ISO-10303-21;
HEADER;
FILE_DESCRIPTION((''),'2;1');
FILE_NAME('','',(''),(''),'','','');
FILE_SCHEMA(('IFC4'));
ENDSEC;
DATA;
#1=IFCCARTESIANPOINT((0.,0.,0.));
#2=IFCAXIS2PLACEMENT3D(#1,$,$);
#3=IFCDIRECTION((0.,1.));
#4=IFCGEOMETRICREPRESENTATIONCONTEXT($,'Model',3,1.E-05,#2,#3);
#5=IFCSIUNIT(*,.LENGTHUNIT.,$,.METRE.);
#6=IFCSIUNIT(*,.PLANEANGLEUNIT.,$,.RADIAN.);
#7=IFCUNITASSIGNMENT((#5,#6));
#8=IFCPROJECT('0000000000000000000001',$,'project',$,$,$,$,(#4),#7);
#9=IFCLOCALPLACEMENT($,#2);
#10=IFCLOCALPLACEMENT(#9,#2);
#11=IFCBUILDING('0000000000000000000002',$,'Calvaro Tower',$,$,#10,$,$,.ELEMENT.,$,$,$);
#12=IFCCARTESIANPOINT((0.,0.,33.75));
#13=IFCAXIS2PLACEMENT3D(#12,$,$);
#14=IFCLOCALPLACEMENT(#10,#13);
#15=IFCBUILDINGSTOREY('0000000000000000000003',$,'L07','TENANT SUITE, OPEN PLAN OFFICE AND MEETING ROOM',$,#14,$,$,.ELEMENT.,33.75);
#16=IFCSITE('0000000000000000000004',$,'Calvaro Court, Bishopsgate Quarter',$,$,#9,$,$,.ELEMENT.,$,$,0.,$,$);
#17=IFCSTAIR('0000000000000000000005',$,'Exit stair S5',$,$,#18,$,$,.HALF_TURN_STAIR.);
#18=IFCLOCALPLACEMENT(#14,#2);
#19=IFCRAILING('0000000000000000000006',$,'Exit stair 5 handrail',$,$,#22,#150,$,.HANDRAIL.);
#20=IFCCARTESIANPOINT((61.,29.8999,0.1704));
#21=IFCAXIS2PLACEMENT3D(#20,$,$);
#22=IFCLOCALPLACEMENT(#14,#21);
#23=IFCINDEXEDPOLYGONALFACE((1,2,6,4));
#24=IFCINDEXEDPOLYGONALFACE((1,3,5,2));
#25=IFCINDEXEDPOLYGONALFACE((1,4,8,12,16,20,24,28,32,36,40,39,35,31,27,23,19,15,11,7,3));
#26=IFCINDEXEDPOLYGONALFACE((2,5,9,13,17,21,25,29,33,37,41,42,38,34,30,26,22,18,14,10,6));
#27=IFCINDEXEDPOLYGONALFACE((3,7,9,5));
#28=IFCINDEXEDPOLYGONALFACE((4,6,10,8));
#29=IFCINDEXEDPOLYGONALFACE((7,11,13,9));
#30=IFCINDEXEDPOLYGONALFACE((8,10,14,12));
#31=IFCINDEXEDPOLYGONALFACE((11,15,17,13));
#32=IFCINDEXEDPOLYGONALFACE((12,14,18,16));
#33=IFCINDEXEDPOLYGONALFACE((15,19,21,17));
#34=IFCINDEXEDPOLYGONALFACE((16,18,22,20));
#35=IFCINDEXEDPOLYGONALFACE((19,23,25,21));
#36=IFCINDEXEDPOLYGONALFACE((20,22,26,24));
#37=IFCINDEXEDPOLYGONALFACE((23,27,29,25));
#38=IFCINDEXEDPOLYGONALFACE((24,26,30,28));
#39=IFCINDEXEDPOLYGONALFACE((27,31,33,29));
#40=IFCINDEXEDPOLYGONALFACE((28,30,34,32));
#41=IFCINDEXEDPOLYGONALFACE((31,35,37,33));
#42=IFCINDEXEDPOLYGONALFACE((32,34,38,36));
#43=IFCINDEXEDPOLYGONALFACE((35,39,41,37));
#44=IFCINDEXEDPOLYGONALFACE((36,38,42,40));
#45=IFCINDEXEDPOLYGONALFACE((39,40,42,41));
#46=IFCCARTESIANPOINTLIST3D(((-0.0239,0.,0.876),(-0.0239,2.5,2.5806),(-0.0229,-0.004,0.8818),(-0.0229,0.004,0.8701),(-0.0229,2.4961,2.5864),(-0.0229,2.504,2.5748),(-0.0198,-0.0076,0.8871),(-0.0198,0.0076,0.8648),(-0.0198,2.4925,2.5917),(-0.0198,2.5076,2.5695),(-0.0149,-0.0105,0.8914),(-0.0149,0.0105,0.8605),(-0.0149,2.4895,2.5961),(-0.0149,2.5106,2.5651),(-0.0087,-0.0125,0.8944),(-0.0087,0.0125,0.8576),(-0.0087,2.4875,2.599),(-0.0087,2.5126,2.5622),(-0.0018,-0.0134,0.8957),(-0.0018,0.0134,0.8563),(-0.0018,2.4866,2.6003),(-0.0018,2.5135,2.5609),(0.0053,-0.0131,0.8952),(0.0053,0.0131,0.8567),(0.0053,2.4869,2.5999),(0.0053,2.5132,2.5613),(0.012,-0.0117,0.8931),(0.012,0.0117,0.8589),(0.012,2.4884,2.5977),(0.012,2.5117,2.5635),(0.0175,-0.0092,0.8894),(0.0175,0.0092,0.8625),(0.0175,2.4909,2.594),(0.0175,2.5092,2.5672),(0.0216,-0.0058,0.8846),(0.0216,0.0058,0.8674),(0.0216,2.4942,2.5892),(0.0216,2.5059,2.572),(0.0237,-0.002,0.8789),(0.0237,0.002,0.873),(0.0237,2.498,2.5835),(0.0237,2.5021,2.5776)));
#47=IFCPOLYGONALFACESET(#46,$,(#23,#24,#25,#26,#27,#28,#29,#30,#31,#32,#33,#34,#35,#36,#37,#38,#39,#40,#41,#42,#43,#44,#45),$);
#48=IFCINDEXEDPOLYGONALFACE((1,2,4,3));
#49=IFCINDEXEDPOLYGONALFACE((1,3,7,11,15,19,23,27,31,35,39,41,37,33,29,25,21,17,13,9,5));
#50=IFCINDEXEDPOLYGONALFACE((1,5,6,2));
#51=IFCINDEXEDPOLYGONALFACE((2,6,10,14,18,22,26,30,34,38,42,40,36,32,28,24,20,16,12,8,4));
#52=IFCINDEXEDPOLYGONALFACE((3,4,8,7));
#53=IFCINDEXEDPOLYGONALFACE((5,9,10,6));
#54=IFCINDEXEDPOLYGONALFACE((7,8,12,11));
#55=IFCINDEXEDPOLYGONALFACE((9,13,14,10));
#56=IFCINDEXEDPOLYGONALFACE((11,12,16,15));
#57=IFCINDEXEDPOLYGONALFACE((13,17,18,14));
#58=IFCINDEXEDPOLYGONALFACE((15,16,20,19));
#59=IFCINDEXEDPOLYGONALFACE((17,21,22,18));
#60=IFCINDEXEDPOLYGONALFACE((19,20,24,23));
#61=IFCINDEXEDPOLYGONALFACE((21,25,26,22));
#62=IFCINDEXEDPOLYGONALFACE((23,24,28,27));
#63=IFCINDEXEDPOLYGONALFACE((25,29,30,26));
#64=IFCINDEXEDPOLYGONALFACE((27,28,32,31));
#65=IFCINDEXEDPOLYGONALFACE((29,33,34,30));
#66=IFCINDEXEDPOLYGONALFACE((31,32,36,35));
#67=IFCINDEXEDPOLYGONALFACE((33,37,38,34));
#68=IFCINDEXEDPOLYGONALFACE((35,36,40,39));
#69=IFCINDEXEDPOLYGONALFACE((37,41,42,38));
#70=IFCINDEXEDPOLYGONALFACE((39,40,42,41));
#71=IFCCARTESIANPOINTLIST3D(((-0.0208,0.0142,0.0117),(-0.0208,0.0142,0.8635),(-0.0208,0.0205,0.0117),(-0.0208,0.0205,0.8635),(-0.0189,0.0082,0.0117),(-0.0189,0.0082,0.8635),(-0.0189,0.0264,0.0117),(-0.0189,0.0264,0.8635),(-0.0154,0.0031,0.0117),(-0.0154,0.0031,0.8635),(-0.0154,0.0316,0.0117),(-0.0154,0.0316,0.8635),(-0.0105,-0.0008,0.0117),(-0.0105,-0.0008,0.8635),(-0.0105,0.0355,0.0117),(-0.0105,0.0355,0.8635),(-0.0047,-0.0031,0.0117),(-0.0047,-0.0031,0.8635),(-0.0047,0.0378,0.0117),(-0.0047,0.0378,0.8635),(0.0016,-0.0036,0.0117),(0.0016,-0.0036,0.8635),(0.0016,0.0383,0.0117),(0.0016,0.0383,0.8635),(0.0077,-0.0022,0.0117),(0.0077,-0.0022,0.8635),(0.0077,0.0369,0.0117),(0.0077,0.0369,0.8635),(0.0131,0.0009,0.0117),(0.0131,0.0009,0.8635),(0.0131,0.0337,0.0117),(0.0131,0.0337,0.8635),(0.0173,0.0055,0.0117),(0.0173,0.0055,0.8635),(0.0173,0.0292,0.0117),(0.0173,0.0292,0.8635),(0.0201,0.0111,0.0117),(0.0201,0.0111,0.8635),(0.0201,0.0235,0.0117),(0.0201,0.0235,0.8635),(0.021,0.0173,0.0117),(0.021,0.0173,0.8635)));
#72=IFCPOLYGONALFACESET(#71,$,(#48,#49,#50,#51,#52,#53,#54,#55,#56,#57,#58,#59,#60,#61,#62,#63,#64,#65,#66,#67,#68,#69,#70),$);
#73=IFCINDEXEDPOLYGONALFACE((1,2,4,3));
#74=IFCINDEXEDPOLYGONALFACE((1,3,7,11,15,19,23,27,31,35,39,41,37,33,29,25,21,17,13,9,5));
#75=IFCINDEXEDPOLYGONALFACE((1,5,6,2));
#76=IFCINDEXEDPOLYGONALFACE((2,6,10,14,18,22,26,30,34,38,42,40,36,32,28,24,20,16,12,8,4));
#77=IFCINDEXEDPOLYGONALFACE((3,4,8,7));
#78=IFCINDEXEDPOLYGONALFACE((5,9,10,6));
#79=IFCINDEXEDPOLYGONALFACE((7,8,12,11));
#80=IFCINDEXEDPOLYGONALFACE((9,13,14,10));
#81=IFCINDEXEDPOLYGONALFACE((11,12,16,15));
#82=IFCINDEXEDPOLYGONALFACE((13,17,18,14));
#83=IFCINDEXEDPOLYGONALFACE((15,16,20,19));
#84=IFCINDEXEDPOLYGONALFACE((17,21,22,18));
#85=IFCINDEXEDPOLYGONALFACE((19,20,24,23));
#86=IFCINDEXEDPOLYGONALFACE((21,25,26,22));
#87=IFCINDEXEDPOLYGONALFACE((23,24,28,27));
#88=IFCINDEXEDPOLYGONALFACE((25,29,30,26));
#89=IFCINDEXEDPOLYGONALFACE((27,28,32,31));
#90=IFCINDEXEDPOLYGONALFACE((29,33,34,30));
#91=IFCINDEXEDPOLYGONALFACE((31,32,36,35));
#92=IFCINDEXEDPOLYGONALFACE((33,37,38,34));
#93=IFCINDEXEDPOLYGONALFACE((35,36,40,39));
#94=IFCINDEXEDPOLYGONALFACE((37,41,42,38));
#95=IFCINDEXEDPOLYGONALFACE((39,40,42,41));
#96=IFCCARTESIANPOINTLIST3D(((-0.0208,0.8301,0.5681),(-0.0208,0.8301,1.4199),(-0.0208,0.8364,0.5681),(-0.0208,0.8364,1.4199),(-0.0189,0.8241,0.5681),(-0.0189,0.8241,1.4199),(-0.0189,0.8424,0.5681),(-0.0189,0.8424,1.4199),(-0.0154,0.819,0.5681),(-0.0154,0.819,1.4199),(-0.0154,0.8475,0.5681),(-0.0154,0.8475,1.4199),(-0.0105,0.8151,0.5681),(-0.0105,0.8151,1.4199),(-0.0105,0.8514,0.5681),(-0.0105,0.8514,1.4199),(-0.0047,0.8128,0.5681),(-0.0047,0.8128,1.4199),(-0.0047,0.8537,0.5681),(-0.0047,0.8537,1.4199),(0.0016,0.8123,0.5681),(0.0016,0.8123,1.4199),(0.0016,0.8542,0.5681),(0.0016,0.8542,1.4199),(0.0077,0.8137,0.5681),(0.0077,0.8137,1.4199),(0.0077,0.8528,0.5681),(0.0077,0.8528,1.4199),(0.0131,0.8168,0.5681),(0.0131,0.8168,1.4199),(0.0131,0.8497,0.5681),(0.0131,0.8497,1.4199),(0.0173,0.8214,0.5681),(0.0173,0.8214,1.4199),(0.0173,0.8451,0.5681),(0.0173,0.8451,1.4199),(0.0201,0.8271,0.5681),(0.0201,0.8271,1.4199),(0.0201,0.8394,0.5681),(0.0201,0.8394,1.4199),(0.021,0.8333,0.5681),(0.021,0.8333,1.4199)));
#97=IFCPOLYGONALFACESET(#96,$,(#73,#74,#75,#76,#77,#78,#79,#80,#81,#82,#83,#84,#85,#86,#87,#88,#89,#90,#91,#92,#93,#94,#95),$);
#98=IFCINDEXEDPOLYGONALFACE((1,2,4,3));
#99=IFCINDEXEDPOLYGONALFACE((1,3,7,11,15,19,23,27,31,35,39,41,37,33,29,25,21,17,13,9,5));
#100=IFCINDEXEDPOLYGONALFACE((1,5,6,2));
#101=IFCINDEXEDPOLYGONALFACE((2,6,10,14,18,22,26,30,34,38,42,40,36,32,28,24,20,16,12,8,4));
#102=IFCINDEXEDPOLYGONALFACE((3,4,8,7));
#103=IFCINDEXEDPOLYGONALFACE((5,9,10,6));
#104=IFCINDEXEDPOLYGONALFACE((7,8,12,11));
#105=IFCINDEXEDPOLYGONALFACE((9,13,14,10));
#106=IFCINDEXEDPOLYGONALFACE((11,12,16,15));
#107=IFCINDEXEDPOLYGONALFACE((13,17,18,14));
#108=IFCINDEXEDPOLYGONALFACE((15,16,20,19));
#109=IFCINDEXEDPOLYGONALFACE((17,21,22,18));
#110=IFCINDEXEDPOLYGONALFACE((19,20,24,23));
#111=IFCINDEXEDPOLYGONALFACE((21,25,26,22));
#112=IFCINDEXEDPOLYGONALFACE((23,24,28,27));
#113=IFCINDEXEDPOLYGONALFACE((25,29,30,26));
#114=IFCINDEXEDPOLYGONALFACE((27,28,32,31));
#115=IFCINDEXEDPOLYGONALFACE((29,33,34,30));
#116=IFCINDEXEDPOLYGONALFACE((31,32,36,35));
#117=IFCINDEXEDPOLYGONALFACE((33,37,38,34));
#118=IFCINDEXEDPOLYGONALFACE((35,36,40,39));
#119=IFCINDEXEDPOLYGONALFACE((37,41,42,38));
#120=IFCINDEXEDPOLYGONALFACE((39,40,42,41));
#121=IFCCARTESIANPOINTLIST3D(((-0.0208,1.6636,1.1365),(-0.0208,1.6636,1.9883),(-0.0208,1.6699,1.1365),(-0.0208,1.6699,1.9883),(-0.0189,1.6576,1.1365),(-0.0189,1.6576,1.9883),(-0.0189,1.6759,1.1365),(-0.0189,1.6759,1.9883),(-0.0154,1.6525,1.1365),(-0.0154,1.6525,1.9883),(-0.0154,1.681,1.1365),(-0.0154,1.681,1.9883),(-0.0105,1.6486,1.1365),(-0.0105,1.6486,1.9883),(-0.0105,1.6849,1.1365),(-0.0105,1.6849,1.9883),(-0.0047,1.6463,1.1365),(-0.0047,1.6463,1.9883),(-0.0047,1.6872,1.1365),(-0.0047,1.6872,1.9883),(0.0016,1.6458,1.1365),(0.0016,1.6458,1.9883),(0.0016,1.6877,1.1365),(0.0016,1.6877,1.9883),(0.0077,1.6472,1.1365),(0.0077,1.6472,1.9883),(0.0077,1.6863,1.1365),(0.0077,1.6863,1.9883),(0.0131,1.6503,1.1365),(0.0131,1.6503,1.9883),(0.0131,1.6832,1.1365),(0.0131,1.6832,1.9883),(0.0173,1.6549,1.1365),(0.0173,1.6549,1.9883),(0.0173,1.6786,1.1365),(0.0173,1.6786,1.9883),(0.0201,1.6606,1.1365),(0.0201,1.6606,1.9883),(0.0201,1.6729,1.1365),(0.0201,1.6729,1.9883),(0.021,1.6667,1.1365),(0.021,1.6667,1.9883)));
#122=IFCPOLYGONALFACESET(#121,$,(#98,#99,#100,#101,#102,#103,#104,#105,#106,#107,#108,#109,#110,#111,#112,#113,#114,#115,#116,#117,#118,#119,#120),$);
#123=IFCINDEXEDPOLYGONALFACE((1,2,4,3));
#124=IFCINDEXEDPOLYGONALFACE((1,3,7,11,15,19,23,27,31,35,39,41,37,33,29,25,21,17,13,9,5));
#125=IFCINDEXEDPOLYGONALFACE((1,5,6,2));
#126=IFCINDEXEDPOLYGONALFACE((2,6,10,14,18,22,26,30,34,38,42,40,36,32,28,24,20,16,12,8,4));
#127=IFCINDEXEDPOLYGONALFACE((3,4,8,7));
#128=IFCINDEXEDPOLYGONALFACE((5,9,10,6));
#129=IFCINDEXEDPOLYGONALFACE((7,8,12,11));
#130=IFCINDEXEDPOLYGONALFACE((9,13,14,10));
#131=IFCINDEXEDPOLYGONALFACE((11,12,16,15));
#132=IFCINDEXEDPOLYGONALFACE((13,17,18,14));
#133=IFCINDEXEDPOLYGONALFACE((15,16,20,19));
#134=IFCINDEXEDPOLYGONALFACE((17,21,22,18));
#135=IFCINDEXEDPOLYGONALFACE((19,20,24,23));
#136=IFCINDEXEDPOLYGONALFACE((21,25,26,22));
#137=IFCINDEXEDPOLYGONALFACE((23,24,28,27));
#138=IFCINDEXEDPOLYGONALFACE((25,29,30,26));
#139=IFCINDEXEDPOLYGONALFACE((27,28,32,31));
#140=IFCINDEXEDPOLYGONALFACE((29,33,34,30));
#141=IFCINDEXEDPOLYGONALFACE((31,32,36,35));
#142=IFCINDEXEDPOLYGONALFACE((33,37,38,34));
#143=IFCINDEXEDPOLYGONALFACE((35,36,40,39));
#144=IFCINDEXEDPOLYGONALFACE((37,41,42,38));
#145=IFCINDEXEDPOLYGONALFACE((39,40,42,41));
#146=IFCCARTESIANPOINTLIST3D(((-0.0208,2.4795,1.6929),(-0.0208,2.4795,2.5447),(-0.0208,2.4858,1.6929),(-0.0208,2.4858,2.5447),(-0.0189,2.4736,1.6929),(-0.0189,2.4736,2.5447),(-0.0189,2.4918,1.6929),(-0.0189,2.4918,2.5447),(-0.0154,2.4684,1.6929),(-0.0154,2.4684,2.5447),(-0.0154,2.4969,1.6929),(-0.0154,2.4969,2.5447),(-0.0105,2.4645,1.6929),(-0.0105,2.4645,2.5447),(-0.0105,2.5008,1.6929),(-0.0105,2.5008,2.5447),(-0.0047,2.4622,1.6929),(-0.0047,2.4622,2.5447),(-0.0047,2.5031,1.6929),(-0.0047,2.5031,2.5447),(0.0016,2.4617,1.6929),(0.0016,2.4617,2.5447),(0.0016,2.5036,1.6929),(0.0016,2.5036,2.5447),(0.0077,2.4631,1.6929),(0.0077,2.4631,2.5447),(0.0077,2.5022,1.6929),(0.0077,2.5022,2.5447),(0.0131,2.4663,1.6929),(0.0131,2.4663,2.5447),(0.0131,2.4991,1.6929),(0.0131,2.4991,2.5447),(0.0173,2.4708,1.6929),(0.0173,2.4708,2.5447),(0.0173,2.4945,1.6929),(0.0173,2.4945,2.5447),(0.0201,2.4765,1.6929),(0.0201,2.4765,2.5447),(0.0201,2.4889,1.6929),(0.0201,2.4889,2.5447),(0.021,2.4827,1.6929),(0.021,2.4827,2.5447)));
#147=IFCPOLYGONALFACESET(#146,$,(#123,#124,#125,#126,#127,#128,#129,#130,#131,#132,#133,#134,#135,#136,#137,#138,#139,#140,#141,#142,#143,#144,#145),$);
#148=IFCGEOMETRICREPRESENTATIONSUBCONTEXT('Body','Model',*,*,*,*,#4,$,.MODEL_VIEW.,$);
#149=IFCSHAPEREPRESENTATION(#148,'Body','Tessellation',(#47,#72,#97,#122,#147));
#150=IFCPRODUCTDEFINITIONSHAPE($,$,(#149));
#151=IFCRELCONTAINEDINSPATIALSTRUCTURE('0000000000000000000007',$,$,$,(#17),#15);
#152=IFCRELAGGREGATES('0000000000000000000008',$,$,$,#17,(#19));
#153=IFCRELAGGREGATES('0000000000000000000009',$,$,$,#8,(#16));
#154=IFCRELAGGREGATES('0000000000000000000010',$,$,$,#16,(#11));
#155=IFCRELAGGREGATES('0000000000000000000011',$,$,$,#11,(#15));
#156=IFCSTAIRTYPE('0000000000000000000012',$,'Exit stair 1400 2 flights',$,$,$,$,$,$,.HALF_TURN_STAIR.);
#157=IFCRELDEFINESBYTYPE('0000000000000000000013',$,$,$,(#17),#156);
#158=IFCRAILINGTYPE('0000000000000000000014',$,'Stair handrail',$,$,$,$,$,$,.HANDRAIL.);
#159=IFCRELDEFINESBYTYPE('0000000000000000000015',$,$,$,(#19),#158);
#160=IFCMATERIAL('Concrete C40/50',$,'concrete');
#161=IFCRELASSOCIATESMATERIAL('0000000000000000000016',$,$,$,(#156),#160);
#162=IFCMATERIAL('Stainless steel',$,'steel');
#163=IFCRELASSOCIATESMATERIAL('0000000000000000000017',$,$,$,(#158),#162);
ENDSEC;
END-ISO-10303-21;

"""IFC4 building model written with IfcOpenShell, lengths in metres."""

from ifc_helpers import new_model, si_unit, direction, frame, origin, origin_2d, place, context, subcontext, project, spatial, circle, extrude, material, type_object, element, aggregate, save


model = new_model("IFC4")

# Units and contexts
model_context = context("Model", 3, precision=1e-05, world=origin(), true_north=direction((0.0, 1.0)))
body_context = subcontext(model_context, "Body", "Model", "MODEL_VIEW")
ifc_project = project(units=[si_unit("LENGTHUNIT", "METRE"), si_unit("PLANEANGLEUNIT", "RADIAN")], contexts=[model_context])

# Site, building, storey
site_placement = place(None, origin())
site = spatial("IfcSite", under=ifc_project, at=site_placement, Name="Calvaro Court, Bishopsgate Quarter", CompositionType="ELEMENT", RefElevation=0.0)
building_placement = place(site_placement, origin())
building = spatial("IfcBuilding", under=site, at=building_placement, Name="Calvaro Tower", CompositionType="ELEMENT")
storey_placement = place(building_placement, frame((0.0, 0.0, 33.75)))
storey = spatial("IfcBuildingStorey", under=building, at=storey_placement, Name="L07", Description="TENANT SUITE, OPEN PLAN OFFICE AND MEETING ROOM", CompositionType="ELEMENT", Elevation=33.75)

# Stair, railing
ifc_material_1 = material(Name="Concrete C40/50", Category="concrete")
stair_type = type_object("IfcStairType", Name="Exit stair 1400 2 flights", PredefinedType="HALF_TURN_STAIR", material=ifc_material_1)
stair_placement = place(storey_placement, origin())
stair = element("IfcStair", 1, at=stair_placement, inside=storey, type_object=stair_type, Name="Exit stair S5", PredefinedType="HALF_TURN_STAIR")
ifc_material_2 = material(Name="Stainless steel", Category="steel")
railing_type = type_object("IfcRailingType", Name="Stair handrail", PredefinedType="HANDRAIL", material=ifc_material_2)
railing_placement = place(storey_placement, frame((61.0, 29.8999, 0.1704)))
railing = element("IfcRailing", 2, at=railing_placement, type_object=railing_type, Name="Exit stair 5 handrail", PredefinedType="HANDRAIL", context=body_context, shape_type="SweptSolid", body=[
    extrude(circle(Radius=0.0239, at=origin_2d()), frame((0.0, 0.0, 0.876), z_axis=(0.0, 0.826221, 0.563347), x_axis=(-1.0, 0.0, 0.0)), (0.0, 0.0, 1.0), 3.0259),
    extrude(circle(Radius=0.021, at=origin_2d()), frame((0.0, 0.0173, 0.0117)), (0.0, 0.0, 1.0), 0.8518),
    extrude(circle(Radius=0.021, at=origin_2d()), frame((0.0, 0.8333, 0.5681)), (0.0, 0.0, 1.0), 0.8518),
    extrude(circle(Radius=0.021, at=origin_2d()), frame((0.0, 1.6667, 1.1365)), (0.0, 0.0, 1.0), 0.8518),
    extrude(circle(Radius=0.021, at=origin_2d()), frame((0.0, 2.4827, 1.6929)), (0.0, 0.0, 1.0), 0.8518),
])
aggregate(stair, [railing])

save(model, "model.ifc")
